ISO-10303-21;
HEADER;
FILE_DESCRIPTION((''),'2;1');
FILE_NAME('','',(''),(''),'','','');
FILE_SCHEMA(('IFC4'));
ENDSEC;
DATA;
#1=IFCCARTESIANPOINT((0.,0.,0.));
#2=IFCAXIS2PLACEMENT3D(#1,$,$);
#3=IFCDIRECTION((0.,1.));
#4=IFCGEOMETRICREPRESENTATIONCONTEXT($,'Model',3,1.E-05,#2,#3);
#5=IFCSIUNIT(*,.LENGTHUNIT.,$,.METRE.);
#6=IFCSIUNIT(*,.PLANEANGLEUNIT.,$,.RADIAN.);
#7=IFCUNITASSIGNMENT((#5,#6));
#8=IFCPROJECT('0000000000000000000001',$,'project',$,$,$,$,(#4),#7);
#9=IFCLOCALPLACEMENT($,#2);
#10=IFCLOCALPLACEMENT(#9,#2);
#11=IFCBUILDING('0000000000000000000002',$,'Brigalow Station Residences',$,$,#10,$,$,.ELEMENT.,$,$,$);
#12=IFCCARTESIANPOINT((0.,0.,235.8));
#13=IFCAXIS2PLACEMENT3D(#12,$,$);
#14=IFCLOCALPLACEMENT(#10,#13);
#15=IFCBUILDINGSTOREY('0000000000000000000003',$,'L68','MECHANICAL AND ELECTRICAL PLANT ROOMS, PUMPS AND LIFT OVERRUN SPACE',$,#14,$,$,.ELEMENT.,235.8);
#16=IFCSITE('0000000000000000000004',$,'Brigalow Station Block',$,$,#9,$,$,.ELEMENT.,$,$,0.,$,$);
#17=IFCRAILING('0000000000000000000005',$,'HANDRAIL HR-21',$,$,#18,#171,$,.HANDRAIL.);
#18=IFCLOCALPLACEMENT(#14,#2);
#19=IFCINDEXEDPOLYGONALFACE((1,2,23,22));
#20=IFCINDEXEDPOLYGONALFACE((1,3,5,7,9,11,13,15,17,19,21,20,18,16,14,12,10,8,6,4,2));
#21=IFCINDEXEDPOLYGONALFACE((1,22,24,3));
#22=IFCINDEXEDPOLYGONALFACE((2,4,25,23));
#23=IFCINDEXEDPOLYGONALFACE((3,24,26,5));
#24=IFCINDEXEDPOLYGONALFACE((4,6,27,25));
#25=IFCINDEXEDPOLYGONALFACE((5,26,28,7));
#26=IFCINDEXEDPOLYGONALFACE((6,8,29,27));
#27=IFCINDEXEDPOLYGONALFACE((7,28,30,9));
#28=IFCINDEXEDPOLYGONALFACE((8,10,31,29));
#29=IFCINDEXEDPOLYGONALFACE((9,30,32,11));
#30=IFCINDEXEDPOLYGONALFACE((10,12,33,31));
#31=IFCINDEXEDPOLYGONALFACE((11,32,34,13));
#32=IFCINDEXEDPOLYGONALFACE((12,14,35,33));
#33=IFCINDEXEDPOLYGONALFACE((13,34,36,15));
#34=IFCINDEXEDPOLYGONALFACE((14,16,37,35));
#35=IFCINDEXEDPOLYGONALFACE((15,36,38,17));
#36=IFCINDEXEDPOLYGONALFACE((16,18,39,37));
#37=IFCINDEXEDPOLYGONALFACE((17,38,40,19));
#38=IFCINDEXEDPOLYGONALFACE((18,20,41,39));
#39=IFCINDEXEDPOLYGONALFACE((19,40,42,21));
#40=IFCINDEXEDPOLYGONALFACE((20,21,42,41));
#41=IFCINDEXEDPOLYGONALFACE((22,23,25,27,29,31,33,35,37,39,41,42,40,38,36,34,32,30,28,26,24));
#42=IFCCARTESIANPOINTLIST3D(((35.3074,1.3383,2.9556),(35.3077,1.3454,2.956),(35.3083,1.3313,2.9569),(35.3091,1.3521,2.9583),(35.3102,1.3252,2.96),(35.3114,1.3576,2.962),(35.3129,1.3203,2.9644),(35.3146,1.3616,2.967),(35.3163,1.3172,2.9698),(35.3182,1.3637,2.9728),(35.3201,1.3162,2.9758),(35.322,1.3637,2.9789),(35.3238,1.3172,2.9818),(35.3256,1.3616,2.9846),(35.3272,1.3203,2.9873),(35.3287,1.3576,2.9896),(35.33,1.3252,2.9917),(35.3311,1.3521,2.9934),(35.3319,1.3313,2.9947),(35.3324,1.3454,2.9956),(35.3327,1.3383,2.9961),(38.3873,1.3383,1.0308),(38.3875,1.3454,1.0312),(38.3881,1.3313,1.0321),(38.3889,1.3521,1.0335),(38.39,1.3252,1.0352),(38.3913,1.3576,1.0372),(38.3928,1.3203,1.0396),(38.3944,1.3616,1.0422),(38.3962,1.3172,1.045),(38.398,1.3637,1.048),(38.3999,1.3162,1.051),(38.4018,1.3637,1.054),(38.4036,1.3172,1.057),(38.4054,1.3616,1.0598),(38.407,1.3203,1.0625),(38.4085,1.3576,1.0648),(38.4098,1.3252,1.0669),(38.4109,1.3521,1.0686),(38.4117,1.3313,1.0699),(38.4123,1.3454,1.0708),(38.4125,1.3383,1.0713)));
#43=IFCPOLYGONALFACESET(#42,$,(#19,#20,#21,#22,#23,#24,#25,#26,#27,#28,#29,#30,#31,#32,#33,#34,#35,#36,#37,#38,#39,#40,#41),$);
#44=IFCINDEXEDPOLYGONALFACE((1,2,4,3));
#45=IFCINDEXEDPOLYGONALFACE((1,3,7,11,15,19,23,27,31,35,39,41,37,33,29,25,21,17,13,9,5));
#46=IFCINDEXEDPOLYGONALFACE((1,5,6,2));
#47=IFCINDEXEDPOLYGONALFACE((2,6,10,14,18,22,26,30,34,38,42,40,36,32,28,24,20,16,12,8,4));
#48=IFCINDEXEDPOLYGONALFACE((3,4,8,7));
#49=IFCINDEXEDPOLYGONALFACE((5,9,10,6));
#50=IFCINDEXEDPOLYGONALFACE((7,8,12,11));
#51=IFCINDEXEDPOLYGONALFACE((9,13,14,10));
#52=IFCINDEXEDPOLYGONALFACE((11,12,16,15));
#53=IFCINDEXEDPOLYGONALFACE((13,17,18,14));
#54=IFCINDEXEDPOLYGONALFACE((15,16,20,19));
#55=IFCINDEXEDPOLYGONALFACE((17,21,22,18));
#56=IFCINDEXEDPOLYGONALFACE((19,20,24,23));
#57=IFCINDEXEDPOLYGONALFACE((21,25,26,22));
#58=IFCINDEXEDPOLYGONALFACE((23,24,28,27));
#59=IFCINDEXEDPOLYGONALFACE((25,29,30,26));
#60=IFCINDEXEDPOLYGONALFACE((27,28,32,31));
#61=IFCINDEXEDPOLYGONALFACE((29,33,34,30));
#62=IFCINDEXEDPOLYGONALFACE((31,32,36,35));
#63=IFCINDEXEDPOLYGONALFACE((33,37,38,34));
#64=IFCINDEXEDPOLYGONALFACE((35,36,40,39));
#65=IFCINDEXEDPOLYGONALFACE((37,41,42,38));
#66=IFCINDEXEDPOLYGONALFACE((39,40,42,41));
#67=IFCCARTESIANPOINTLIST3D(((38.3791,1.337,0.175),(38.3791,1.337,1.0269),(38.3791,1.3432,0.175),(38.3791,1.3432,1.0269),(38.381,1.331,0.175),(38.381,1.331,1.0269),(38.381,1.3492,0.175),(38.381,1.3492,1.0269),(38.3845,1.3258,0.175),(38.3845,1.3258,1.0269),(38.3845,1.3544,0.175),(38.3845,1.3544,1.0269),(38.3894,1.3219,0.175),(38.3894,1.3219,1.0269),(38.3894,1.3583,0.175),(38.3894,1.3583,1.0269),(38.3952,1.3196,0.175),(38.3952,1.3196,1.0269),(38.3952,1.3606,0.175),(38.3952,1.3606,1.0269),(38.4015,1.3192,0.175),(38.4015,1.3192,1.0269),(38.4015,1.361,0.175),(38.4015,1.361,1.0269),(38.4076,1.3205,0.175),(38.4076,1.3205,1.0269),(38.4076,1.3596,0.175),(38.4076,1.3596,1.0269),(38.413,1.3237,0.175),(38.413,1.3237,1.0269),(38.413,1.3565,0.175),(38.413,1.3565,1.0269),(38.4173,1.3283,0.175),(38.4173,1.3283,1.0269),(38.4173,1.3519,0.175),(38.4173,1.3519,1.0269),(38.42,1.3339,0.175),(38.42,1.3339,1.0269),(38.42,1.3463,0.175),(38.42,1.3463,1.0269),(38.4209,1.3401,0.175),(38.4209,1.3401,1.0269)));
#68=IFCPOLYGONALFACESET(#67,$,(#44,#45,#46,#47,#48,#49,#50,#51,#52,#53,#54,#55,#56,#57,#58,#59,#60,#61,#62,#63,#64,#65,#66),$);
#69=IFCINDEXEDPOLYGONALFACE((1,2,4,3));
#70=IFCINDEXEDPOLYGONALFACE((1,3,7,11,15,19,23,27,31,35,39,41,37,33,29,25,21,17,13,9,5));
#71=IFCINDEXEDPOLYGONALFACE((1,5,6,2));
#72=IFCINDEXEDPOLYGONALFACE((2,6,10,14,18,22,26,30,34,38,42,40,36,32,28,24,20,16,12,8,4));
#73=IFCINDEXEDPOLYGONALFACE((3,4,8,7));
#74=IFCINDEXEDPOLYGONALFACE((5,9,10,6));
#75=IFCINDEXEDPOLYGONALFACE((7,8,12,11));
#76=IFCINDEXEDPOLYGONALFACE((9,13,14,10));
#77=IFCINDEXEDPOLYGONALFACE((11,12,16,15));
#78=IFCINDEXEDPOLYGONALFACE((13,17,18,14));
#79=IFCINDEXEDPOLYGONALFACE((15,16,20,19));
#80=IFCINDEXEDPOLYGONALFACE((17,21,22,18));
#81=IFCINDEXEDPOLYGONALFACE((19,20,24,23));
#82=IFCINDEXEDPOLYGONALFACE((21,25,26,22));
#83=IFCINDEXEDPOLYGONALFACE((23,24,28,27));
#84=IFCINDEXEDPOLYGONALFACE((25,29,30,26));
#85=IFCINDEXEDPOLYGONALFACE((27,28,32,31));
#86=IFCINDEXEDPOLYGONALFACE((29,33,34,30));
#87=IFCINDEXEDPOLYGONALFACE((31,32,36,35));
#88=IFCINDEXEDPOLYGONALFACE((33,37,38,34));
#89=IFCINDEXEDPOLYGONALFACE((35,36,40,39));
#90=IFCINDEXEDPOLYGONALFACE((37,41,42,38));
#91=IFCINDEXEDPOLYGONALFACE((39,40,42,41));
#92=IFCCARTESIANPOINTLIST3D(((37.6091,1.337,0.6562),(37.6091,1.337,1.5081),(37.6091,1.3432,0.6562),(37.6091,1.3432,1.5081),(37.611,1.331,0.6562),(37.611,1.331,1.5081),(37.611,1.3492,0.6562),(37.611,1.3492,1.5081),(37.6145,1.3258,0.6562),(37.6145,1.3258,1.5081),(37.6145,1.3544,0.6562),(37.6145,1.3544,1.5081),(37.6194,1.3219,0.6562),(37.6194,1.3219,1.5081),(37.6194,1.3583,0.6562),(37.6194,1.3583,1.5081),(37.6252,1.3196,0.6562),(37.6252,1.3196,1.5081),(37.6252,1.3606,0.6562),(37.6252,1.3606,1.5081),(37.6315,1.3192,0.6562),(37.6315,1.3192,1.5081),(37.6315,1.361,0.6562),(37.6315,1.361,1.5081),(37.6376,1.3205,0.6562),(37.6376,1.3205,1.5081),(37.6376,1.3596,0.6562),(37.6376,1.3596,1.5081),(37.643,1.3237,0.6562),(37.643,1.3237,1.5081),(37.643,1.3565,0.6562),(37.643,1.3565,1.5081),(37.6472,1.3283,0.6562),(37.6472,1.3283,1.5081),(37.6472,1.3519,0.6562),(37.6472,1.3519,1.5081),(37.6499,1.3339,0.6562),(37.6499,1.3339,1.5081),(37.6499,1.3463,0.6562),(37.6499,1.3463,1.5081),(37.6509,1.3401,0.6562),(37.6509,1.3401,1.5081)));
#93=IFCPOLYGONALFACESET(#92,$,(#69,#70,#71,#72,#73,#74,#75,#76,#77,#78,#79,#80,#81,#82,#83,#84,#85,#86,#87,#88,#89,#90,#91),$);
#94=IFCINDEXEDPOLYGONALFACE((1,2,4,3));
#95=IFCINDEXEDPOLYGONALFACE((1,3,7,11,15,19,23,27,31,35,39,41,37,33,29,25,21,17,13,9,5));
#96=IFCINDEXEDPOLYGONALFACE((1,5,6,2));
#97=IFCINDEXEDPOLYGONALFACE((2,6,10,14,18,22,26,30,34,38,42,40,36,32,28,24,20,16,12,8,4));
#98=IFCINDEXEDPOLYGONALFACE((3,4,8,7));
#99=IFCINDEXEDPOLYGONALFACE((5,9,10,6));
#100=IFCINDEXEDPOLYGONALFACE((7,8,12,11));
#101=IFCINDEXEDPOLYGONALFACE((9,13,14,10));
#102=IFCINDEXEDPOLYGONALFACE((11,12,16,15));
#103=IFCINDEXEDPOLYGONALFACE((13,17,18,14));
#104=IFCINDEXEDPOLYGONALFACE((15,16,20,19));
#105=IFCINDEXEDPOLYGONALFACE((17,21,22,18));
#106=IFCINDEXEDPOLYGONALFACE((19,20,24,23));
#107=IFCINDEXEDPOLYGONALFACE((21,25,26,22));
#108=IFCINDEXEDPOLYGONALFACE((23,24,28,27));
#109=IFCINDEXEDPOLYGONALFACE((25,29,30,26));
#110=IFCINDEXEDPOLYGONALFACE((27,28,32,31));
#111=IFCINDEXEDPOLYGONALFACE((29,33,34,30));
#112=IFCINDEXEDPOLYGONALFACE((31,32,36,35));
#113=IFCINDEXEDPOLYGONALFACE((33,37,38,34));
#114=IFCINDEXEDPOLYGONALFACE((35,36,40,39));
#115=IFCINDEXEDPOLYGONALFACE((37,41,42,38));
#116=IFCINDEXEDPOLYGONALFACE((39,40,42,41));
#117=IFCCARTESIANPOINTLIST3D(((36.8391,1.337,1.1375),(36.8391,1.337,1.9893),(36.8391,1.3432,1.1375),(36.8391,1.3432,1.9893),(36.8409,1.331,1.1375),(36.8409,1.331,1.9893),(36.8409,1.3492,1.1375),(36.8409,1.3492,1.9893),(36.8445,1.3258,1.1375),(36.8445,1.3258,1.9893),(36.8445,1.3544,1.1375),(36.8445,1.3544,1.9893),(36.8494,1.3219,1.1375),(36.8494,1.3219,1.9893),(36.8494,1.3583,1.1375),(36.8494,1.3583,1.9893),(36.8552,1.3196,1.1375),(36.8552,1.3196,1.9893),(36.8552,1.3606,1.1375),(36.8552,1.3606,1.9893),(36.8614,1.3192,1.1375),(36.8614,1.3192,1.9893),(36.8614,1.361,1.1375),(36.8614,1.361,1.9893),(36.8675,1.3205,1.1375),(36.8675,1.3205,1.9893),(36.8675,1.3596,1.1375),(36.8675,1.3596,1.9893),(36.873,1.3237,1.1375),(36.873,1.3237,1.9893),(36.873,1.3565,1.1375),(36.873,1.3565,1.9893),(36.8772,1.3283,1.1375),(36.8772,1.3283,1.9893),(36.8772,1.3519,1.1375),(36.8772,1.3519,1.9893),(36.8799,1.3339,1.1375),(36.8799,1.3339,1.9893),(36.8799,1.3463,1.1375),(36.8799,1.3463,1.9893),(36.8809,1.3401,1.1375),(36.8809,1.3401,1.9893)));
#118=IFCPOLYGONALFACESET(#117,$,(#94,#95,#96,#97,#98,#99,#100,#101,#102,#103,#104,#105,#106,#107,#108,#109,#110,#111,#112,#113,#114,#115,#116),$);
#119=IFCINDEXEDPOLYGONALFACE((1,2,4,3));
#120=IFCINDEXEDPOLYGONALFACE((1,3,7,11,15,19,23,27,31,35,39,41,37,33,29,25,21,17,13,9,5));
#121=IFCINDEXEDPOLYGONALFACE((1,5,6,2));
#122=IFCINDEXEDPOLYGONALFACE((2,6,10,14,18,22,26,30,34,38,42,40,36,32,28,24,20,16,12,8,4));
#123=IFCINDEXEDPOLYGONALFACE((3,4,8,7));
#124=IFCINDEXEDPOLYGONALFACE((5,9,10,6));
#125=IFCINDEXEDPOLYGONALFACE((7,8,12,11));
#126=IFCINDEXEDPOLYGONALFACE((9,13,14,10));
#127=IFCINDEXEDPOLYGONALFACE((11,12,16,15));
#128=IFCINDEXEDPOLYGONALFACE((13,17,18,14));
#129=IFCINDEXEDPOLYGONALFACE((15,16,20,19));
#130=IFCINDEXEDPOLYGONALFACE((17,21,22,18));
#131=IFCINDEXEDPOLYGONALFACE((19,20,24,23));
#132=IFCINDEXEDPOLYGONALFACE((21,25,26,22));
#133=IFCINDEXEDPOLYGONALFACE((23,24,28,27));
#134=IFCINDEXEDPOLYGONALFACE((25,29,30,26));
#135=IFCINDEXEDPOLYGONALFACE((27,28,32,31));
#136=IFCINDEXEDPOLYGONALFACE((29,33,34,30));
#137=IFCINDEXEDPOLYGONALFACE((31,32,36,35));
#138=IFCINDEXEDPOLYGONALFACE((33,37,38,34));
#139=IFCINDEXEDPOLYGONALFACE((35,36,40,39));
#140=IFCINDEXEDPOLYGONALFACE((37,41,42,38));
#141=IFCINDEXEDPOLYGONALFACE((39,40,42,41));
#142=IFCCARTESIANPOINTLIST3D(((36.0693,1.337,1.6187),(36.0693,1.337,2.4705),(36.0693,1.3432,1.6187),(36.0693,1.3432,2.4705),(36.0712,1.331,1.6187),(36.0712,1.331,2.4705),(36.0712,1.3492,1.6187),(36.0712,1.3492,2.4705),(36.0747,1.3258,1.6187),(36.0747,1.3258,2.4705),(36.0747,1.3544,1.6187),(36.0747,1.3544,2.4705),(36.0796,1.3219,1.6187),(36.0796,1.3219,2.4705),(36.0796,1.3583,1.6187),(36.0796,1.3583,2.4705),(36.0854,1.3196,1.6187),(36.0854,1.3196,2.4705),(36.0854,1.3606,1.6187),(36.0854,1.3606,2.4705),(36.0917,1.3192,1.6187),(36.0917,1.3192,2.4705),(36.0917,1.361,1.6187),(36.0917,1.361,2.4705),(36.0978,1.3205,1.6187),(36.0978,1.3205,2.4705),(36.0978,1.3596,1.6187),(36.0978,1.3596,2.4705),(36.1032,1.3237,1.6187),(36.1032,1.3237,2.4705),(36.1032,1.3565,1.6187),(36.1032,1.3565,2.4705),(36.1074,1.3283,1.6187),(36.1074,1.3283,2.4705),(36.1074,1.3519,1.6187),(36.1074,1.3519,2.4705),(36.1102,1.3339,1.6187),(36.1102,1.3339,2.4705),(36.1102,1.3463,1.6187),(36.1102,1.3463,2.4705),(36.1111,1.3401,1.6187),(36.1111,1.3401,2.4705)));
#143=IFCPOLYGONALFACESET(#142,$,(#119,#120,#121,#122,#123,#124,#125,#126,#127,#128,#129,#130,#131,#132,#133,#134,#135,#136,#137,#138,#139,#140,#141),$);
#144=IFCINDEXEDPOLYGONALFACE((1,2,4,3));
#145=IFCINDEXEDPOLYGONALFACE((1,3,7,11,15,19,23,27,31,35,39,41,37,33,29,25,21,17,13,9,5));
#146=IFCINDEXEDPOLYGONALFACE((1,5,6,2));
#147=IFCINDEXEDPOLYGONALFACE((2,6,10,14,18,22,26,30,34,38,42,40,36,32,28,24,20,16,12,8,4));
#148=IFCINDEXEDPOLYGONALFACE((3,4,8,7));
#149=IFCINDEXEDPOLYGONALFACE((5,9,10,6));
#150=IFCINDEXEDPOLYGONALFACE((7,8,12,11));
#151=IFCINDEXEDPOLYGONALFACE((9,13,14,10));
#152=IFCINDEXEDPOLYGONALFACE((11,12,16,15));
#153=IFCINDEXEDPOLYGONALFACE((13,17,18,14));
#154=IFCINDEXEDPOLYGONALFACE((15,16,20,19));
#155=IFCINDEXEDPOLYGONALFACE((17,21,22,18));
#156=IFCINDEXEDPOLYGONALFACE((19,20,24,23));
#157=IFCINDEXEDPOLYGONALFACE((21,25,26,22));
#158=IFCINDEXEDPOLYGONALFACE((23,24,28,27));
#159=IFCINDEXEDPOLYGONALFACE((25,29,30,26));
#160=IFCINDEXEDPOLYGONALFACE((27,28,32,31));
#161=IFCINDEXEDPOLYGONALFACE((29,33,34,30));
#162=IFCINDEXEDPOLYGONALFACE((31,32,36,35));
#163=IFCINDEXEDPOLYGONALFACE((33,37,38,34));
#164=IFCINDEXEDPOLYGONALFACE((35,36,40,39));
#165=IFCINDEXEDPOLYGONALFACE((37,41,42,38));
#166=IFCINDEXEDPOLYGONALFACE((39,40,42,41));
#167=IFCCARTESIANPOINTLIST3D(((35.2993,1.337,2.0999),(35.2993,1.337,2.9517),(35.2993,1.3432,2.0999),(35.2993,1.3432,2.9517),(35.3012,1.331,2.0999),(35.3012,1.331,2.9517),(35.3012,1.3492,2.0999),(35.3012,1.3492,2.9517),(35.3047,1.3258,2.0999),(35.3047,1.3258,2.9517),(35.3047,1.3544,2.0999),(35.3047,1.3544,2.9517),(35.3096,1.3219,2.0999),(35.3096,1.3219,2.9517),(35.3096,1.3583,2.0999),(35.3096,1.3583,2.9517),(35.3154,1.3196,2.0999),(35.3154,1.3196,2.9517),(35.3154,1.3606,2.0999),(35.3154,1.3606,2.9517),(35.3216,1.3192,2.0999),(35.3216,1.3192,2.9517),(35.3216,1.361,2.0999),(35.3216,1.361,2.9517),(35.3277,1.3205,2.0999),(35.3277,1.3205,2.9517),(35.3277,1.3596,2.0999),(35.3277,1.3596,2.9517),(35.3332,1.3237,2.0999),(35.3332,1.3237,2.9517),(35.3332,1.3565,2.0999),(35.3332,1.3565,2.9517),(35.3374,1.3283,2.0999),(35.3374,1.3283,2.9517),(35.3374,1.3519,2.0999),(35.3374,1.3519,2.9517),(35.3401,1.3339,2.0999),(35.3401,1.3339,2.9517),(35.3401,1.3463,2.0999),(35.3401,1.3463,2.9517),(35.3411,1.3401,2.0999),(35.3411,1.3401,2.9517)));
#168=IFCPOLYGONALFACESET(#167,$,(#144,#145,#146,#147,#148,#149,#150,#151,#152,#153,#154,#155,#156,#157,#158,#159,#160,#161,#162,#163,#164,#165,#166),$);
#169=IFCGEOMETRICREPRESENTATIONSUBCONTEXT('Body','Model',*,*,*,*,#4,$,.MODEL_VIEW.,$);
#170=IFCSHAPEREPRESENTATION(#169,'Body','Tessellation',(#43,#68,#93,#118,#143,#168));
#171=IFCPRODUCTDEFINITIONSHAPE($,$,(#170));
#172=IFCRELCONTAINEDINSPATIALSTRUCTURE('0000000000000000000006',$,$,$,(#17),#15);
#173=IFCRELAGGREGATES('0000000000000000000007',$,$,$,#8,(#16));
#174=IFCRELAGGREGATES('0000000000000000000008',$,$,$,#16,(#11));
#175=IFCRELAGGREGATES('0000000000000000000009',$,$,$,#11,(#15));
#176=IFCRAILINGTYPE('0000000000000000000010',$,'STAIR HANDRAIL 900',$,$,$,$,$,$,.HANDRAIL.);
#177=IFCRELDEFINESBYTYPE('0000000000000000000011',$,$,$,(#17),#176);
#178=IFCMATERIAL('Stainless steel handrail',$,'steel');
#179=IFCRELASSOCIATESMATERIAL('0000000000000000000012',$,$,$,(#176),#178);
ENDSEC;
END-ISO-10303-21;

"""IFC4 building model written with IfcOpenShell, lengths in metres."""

from ifc_helpers import new_model, si_unit, direction, frame, origin, origin_2d, place, context, subcontext, project, spatial, circle, extrude, material, type_object, element, save


model = new_model("IFC4")

# Units and contexts
model_context = context("Model", 3, precision=1e-05, world=origin(), true_north=direction((0.0, 1.0)))
body_context = subcontext(model_context, "Body", "Model", "MODEL_VIEW")
ifc_project = project(units=[si_unit("LENGTHUNIT", "METRE"), si_unit("PLANEANGLEUNIT", "RADIAN")], contexts=[model_context])

# Site, building, storey
site_placement = place(None, origin())
site = spatial("IfcSite", under=ifc_project, at=site_placement, Name="Brigalow Station Block", CompositionType="ELEMENT", RefElevation=0.0)
building_placement = place(site_placement, origin())
building = spatial("IfcBuilding", under=site, at=building_placement, Name="Brigalow Station Residences", CompositionType="ELEMENT")
storey_placement = place(building_placement, frame((0.0, 0.0, 235.8)))
storey = spatial("IfcBuildingStorey", under=building, at=storey_placement, Name="L68", Description="MECHANICAL AND ELECTRICAL PLANT ROOMS, PUMPS AND LIFT OVERRUN SPACE", CompositionType="ELEMENT", Elevation=235.8)

# Railing
ifc_material_1 = material(Name="Stainless steel handrail", Category="steel")
railing_type_1 = type_object("IfcRailingType", Name="STAIR HANDRAIL 900", PredefinedType="HANDRAIL", material=ifc_material_1)
railing_1_placement = place(storey_placement, frame((38.3999, 1.3401, 0.175)))
element("IfcRailing", 1, at=railing_1_placement, inside=storey, type_object=railing_type_1, Name="HANDRAIL HR-21", PredefinedType="HANDRAIL", context=body_context, shape_type="SweptSolid", body=[
    extrude(circle(Radius=0.0239, at=origin_2d()), frame((0.0, 0.0, 0.876), z_axis=(-0.84801, 0.0, 0.529981), x_axis=(0.0, -1.0, 0.0)), (0.0, 0.0, 1.0), 3.6318),
    extrude(circle(Radius=0.021, at=origin_2d()), origin(), (0.0, 0.0, 1.0), 0.8518),
    extrude(circle(Radius=0.021, at=origin_2d()), frame((-0.77, 0.0, 0.4812)), (0.0, 0.0, 1.0), 0.8518),
    extrude(circle(Radius=0.021, at=origin_2d()), frame((-1.54, 0.0, 0.9624)), (0.0, 0.0, 1.0), 0.8518),
    extrude(circle(Radius=0.021, at=origin_2d()), frame((-2.3098, 0.0, 1.4436)), (0.0, 0.0, 1.0), 0.8518),
    extrude(circle(Radius=0.021, at=origin_2d()), frame((-3.0798, 0.0, 1.9248)), (0.0, 0.0, 1.0), 0.8518),
])

save(model, "model.ifc")
